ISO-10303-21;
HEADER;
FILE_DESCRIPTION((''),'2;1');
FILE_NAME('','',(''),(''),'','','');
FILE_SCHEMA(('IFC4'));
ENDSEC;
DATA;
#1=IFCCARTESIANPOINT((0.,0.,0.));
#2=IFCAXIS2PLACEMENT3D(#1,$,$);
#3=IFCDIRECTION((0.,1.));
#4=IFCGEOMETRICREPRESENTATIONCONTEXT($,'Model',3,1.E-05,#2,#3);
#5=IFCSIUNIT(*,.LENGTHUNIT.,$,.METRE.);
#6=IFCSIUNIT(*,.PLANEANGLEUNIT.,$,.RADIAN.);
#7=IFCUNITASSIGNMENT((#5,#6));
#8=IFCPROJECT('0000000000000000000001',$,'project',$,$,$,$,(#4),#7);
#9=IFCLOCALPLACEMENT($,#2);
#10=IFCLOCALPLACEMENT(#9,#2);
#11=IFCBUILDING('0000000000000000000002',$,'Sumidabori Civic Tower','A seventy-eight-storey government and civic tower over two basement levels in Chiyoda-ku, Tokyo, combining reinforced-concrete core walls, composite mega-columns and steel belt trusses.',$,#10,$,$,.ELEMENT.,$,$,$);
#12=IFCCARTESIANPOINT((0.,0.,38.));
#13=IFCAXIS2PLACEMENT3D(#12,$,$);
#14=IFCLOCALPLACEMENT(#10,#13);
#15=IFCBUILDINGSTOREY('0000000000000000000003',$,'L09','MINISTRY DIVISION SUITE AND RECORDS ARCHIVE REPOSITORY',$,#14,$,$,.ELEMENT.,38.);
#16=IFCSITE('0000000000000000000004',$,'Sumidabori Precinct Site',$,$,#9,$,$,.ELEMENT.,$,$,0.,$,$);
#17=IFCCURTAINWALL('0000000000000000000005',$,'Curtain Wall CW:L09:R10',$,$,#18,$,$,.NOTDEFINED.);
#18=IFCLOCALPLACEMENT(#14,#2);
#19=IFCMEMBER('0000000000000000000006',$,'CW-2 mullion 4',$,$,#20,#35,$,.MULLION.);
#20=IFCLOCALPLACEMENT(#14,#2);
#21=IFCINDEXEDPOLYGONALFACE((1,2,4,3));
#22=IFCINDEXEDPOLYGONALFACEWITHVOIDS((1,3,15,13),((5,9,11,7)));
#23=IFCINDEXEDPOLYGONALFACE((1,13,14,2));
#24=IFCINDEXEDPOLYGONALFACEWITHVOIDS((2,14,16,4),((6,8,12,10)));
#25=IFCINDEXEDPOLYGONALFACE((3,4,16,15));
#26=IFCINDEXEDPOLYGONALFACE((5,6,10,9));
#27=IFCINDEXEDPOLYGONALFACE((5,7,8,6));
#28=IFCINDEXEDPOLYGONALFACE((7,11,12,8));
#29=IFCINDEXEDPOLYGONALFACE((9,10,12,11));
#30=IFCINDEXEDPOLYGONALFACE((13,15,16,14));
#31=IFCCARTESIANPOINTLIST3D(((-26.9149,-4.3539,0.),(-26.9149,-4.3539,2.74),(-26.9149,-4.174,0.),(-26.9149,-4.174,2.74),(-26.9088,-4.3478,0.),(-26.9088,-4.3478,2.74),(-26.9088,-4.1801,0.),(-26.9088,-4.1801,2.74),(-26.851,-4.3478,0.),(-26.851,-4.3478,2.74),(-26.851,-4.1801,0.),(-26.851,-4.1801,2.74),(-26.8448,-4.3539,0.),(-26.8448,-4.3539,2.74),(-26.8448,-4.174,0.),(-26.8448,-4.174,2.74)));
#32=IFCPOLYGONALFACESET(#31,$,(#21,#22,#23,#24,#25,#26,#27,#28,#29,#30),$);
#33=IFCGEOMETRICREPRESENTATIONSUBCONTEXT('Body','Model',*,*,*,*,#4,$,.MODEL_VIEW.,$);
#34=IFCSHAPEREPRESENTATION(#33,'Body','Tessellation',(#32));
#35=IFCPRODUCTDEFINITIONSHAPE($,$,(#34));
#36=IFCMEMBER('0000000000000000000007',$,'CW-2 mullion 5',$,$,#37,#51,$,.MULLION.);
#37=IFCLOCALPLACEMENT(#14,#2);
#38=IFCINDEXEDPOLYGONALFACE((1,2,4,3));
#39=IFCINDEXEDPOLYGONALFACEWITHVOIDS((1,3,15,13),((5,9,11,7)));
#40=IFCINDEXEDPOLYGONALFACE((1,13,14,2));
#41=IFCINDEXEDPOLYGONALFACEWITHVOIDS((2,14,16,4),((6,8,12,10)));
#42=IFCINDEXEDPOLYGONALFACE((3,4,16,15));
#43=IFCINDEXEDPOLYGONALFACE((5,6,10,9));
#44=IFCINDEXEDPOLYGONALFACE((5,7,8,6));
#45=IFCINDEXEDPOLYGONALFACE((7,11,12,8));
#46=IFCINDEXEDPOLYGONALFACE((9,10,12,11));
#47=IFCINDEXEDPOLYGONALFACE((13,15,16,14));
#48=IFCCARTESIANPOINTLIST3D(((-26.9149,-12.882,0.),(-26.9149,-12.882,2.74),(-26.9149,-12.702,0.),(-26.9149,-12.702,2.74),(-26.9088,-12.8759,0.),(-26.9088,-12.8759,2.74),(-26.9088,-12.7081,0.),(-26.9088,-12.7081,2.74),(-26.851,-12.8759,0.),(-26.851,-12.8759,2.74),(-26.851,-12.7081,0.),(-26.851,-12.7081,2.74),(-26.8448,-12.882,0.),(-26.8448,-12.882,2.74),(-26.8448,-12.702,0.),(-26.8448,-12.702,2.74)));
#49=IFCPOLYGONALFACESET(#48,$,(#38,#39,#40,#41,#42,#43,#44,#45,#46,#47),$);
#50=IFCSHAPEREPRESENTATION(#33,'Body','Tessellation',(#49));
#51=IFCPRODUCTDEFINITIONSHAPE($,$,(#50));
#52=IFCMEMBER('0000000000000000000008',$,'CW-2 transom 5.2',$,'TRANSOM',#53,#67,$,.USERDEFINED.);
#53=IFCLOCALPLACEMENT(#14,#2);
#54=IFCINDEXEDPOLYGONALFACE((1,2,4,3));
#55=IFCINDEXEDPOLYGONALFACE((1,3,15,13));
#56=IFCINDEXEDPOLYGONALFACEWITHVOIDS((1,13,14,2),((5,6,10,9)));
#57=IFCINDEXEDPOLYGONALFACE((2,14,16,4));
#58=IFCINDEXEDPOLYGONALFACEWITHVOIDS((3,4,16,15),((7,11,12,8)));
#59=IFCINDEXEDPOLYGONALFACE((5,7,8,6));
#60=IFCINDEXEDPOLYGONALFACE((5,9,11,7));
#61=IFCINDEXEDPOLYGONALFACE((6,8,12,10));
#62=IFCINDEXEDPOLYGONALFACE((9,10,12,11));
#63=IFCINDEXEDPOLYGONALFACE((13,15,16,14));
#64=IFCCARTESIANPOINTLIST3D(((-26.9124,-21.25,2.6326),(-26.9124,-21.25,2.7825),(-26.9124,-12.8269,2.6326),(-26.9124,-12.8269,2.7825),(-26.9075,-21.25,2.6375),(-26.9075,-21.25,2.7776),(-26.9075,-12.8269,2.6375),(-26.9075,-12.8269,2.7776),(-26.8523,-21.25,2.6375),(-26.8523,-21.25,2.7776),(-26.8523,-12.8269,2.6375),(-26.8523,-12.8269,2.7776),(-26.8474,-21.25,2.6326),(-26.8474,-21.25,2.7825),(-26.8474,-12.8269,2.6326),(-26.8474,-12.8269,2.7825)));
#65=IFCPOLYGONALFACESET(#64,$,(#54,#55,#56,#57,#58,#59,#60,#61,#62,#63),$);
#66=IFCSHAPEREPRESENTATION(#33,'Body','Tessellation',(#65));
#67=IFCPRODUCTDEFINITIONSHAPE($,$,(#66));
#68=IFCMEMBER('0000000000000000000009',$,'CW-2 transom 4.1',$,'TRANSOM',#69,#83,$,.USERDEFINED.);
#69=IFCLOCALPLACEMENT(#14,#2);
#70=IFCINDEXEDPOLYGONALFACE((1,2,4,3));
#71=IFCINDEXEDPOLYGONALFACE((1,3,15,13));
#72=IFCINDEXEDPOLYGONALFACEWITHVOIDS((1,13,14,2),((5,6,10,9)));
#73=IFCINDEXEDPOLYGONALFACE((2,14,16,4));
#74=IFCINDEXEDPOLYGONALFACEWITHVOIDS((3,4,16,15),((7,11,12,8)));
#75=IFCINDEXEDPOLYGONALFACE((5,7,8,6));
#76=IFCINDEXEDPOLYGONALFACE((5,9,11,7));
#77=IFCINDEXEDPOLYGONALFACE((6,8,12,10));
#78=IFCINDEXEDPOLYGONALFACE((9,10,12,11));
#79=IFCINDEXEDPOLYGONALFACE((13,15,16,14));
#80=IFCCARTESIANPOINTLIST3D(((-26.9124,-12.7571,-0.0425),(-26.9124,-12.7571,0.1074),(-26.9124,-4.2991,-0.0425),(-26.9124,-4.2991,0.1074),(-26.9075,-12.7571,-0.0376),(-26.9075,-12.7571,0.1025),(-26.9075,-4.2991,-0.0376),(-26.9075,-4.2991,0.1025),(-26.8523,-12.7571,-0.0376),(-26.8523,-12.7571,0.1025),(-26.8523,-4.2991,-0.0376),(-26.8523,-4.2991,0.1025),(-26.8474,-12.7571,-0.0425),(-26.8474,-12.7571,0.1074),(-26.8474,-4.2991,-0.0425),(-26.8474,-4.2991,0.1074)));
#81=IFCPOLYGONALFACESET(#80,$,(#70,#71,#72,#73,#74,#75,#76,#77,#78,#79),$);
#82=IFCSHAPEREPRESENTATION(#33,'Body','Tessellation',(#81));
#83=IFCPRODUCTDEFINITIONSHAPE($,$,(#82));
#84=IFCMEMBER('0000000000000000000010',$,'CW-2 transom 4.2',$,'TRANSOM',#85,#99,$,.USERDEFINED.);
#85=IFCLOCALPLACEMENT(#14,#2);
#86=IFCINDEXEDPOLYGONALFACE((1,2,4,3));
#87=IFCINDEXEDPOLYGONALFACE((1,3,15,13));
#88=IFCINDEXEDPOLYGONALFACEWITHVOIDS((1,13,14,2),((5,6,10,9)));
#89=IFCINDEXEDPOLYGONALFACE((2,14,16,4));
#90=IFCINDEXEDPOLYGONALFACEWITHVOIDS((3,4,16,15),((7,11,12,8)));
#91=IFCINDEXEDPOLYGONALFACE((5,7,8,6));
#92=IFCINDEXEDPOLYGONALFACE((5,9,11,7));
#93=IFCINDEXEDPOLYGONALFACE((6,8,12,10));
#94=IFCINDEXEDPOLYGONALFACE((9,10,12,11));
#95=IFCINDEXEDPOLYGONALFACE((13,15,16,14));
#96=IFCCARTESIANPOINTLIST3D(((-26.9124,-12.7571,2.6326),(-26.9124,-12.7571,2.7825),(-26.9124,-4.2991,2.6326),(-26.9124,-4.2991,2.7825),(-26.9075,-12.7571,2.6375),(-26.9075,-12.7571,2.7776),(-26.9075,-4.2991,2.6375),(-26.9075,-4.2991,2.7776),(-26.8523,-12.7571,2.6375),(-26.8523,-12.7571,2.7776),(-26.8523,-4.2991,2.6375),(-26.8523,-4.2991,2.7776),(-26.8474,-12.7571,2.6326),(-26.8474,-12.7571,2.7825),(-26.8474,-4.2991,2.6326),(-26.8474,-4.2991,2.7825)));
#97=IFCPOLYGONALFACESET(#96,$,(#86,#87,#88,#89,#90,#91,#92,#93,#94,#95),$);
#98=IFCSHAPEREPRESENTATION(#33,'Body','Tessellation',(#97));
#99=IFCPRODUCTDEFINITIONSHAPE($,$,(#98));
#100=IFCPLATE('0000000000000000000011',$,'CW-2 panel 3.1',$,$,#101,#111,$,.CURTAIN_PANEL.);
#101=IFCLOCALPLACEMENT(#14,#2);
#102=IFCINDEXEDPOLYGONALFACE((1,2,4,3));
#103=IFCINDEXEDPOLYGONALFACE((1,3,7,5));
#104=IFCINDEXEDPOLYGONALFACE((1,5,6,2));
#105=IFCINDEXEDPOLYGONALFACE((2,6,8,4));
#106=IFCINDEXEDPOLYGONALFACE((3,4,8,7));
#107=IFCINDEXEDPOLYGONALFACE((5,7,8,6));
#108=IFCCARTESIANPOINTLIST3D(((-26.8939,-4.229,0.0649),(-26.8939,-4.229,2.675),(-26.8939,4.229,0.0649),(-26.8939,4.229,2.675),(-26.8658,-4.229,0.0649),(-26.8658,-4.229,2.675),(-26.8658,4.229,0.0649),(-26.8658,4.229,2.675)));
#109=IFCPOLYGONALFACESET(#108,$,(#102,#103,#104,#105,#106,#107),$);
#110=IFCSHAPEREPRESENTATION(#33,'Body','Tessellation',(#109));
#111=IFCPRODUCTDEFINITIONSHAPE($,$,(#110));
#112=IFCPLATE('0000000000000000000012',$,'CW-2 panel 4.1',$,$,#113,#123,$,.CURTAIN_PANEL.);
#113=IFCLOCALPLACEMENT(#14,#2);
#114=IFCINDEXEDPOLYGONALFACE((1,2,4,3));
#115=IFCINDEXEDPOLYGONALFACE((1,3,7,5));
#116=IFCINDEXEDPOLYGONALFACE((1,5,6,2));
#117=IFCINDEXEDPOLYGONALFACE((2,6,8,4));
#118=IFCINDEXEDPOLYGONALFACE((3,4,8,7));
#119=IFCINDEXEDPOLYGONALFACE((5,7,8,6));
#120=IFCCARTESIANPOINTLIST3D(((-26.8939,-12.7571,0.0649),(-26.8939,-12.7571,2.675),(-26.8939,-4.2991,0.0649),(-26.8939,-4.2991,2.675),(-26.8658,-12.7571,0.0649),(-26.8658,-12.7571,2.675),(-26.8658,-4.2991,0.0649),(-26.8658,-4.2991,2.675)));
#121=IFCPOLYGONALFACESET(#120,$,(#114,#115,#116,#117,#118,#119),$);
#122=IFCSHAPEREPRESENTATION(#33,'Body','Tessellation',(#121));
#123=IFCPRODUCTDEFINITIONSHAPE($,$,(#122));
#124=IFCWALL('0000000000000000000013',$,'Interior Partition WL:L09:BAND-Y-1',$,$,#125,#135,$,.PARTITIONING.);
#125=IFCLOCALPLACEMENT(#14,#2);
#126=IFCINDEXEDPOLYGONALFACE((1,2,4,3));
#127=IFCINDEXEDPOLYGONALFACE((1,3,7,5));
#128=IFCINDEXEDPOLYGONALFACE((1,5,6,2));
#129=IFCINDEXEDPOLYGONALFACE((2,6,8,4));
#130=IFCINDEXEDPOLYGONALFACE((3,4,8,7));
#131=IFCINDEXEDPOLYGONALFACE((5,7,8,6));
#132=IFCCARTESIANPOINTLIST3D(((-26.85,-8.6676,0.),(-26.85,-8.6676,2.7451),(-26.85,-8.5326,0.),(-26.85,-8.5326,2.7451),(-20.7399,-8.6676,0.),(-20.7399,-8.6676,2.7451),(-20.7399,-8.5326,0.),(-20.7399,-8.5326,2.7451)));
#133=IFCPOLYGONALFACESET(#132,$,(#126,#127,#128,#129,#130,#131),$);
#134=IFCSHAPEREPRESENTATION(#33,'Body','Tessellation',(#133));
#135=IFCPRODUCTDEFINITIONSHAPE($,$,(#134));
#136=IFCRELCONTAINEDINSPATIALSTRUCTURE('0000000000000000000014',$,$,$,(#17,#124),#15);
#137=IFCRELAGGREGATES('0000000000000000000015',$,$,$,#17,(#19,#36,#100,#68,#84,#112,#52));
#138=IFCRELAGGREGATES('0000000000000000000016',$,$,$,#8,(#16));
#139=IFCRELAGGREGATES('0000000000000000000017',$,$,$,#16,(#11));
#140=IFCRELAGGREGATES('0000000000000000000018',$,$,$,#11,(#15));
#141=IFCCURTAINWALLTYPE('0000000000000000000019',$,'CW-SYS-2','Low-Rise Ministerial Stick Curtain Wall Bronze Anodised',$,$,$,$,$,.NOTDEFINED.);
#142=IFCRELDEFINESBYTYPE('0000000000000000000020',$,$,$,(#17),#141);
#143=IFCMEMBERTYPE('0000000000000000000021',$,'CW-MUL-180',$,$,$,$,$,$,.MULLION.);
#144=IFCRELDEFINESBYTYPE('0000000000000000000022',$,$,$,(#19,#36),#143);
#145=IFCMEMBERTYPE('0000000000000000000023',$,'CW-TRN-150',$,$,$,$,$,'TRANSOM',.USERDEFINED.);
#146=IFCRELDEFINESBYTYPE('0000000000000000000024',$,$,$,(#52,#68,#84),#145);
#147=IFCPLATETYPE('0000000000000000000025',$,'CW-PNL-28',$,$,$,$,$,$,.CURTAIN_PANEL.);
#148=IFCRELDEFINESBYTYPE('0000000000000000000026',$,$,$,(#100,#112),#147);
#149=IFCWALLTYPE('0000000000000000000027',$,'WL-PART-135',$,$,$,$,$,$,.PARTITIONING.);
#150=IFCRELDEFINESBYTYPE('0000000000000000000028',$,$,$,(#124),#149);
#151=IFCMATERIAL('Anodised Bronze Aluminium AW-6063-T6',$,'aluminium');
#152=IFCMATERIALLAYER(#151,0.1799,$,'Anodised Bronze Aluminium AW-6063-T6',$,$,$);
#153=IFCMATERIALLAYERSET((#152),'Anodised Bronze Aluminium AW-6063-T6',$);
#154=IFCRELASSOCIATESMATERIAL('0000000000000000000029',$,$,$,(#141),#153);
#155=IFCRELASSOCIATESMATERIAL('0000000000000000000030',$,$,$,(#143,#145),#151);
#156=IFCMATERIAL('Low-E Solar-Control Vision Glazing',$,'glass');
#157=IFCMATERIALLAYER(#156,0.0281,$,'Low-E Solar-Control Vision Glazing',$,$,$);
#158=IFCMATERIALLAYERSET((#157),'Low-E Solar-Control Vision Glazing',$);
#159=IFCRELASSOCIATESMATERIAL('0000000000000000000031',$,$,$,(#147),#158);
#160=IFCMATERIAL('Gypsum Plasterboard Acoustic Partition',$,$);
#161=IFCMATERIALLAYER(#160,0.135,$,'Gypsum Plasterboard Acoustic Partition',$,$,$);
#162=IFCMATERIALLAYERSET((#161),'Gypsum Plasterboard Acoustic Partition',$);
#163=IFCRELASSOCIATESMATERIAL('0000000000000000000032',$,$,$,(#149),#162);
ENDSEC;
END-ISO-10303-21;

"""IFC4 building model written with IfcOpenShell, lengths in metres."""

from ifc_helpers import new_model, si_unit, direction, frame, frame_2d, origin, origin_2d, place, context, subcontext, project, spatial, rectangle, hollow_rectangle, extrude, source, transform, mapped, material, layer, layer_set, material_profile, profile_set, type_object, element, aggregate, save


model = new_model("IFC4")

# Units and contexts
model_context = context("Model", 3, precision=1e-05, world=origin(), true_north=direction((0.0, 1.0)))
body_context = subcontext(model_context, "Body", "Model", "MODEL_VIEW")
ifc_project = project(units=[si_unit("LENGTHUNIT", "METRE"), si_unit("PLANEANGLEUNIT", "RADIAN")], contexts=[model_context])

# Site, building, storey
site_placement = place(None, origin())
site = spatial("IfcSite", under=ifc_project, at=site_placement, Name="Sumidabori Precinct Site", CompositionType="ELEMENT", RefElevation=0.0)
building_placement = place(site_placement, origin())
building = spatial("IfcBuilding", under=site, at=building_placement, Name="Sumidabori Civic Tower", Description="A seventy-eight-storey government and civic tower over two basement levels in Chiyoda-ku, Tokyo, combining reinforced-concrete core walls, composite mega-columns and steel belt trusses.", CompositionType="ELEMENT")
storey_placement = place(building_placement, frame((0.0, 0.0, 38.0)))
storey = spatial("IfcBuildingStorey", under=building, at=storey_placement, Name="L09", Description="MINISTRY DIVISION SUITE AND RECORDS ARCHIVE REPOSITORY", CompositionType="ELEMENT", Elevation=38.0)

# Curtain wall, members, plates
ifc_material_1 = material(Name="Anodised Bronze Aluminium AW-6063-T6", Category="aluminium")
ifc_layer_1 = layer(ifc_material_1, 0.1799, Name="Anodised Bronze Aluminium AW-6063-T6")
ifc_layer_set_1 = layer_set([ifc_layer_1], Name="Anodised Bronze Aluminium AW-6063-T6")
curtain_wall_type = type_object("IfcCurtainWallType", Name="CW-SYS-2", Description="Low-Rise Ministerial Stick Curtain Wall Bronze Anodised", PredefinedType="NOTDEFINED", material=ifc_layer_set_1)
curtain_wall_placement = place(storey_placement, origin())
curtain_wall = element("IfcCurtainWall", 1, at=curtain_wall_placement, inside=storey, type_object=curtain_wall_type, Name="Curtain Wall CW:L09:R10", PredefinedType="NOTDEFINED")
ifc_material_profile_1 = material_profile(ifc_material_1, hollow_rectangle(XDim=0.0701, YDim=0.1799, WallThickness=0.0061, at=origin_2d()), Name="ALU MULLION 180x70")
ifc_profile_set_1 = profile_set([ifc_material_profile_1], Name="Anodised Bronze Aluminium AW-6063-T6")
member_type_1 = type_object("IfcMemberType", Name="CW-MUL-180", PredefinedType="MULLION", material=ifc_profile_set_1)
shared_shape_1 = source(origin(), body_context, "Body", "SweptSolid", [
    extrude(hollow_rectangle(XDim=0.0701, YDim=0.1799, WallThickness=0.0061, at=origin_2d()), origin(), (0.0, 0.0, 1.0), 2.74),
])
member_1_placement = place(storey_placement, frame((-26.8799, -4.2639, 0.0), z_axis=(0.0, 0.0, 1.0), x_axis=(1.0, 0.0, 0.0)))
member_1 = element("IfcMember", 2, at=member_1_placement, type_object=member_type_1, Name="CW-2 mullion 4", PredefinedType="MULLION", context=body_context, shape_type="MappedRepresentation", body=[
    mapped(shared_shape_1, transform((0.0, 0.0, 0.0), x_axis=(1.0, 0.0, 0.0), y_axis=(0.0, 1.0, 0.0), z_axis=(0.0, 0.0, 1.0), scale=1.0)),
])
member_2_placement = place(storey_placement, frame((-26.8799, -12.792, 0.0), z_axis=(0.0, 0.0, 1.0), x_axis=(1.0, 0.0, 0.0)))
member_2 = element("IfcMember", 3, at=member_2_placement, type_object=member_type_1, Name="CW-2 mullion 5", PredefinedType="MULLION", context=body_context, shape_type="MappedRepresentation", body=[
    mapped(shared_shape_1, transform((0.0, 0.0, 0.0), x_axis=(1.0, 0.0, 0.0), y_axis=(0.0, 1.0, 0.0), z_axis=(0.0, 0.0, 1.0), scale=1.0)),
])
ifc_material_profile_2 = material_profile(ifc_material_1, hollow_rectangle(XDim=0.0649, YDim=0.1499, WallThickness=0.0049, at=origin_2d()), Name="ALU TRANSOM 150x65")
ifc_profile_set_2 = profile_set([ifc_material_profile_2], Name="Anodised Bronze Aluminium AW-6063-T6")
member_type_2 = type_object("IfcMemberType", Name="CW-TRN-150", ElementType="TRANSOM", PredefinedType="USERDEFINED", material=ifc_profile_set_2)
shared_shape_2 = source(origin(), body_context, "Body", "SweptSolid", [
    extrude(hollow_rectangle(XDim=0.0649, YDim=0.1499, WallThickness=0.0049, at=origin_2d()), origin(), (0.0, 0.0, 1.0), 8.4231),
])
member_3_placement = place(storey_placement, frame((-26.8799, -12.8269, 2.7075), z_axis=(0.0, -1.0, 0.0), x_axis=(1.0, 0.0, 0.0)))
member_3 = element("IfcMember", 4, at=member_3_placement, type_object=member_type_2, Name="CW-2 transom 5.2", ObjectType="TRANSOM", PredefinedType="USERDEFINED", context=body_context, shape_type="MappedRepresentation", body=[
    mapped(shared_shape_2, transform((0.0, 0.0, 0.0), x_axis=(1.0, 0.0, 0.0), y_axis=(0.0, 1.0, 0.0), z_axis=(0.0, 0.0, 1.0), scale=1.0)),
])
shared_shape_3 = source(origin(), body_context, "Body", "SweptSolid", [
    extrude(hollow_rectangle(XDim=0.0649, YDim=0.1499, WallThickness=0.0049, at=origin_2d()), origin(), (0.0, 0.0, 1.0), 8.458),
])
member_4_placement = place(storey_placement, frame((-26.8799, -4.2991, 0.0325), z_axis=(0.0, -1.0, 0.0), x_axis=(1.0, 0.0, 0.0)))
member_4 = element("IfcMember", 5, at=member_4_placement, type_object=member_type_2, Name="CW-2 transom 4.1", ObjectType="TRANSOM", PredefinedType="USERDEFINED", context=body_context, shape_type="MappedRepresentation", body=[
    mapped(shared_shape_3, transform((0.0, 0.0, 0.0), x_axis=(1.0, 0.0, 0.0), y_axis=(0.0, 1.0, 0.0), z_axis=(0.0, 0.0, 1.0), scale=1.0)),
])
member_5_placement = place(storey_placement, frame((-26.8799, -4.2991, 2.7075), z_axis=(0.0, -1.0, 0.0), x_axis=(1.0, 0.0, 0.0)))
member_5 = element("IfcMember", 6, at=member_5_placement, type_object=member_type_2, Name="CW-2 transom 4.2", ObjectType="TRANSOM", PredefinedType="USERDEFINED", context=body_context, shape_type="MappedRepresentation", body=[
    mapped(shared_shape_3, transform((0.0, 0.0, 0.0), x_axis=(1.0, 0.0, 0.0), y_axis=(0.0, 1.0, 0.0), z_axis=(0.0, 0.0, 1.0), scale=1.0)),
])
ifc_material_2 = material(Name="Low-E Solar-Control Vision Glazing", Category="glass")
ifc_layer_2 = layer(ifc_material_2, 0.0281, Name="Low-E Solar-Control Vision Glazing")
ifc_layer_set_2 = layer_set([ifc_layer_2], Name="Low-E Solar-Control Vision Glazing")
plate_type = type_object("IfcPlateType", Name="CW-PNL-28", PredefinedType="CURTAIN_PANEL", material=ifc_layer_set_2)
shared_shape_4 = source(origin(), body_context, "Body", "SweptSolid", [
    extrude(rectangle(XDim=8.458, YDim=0.0281, at=origin_2d()), origin(), (0.0, 0.0, 1.0), 2.6101),
])
plate_1_placement = place(storey_placement, frame((-26.8799, 0.0, 0.0649), z_axis=(0.0, 0.0, 1.0), x_axis=(0.0, -1.0, 0.0)))
plate_1 = element("IfcPlate", 7, at=plate_1_placement, type_object=plate_type, Name="CW-2 panel 3.1", PredefinedType="CURTAIN_PANEL", context=body_context, shape_type="MappedRepresentation", body=[
    mapped(shared_shape_4, transform((0.0, 0.0, 0.0), x_axis=(1.0, 0.0, 0.0), y_axis=(0.0, 1.0, 0.0), z_axis=(0.0, 0.0, 1.0), scale=1.0)),
])
plate_2_placement = place(storey_placement, frame((-26.8799, -8.5281, 0.0649), z_axis=(0.0, 0.0, 1.0), x_axis=(0.0, -1.0, 0.0)))
plate_2 = element("IfcPlate", 8, at=plate_2_placement, type_object=plate_type, Name="CW-2 panel 4.1", PredefinedType="CURTAIN_PANEL", context=body_context, shape_type="MappedRepresentation", body=[
    mapped(shared_shape_4, transform((0.0, 0.0, 0.0), x_axis=(1.0, 0.0, 0.0), y_axis=(0.0, 1.0, 0.0), z_axis=(0.0, 0.0, 1.0), scale=1.0)),
])
aggregate(curtain_wall, [member_1, member_2, plate_1, member_4, member_5, plate_2, member_3])

# Wall
ifc_material_3 = material(Name="Gypsum Plasterboard Acoustic Partition")
ifc_layer_3 = layer(ifc_material_3, 0.135, Name="Gypsum Plasterboard Acoustic Partition")
ifc_layer_set_3 = layer_set([ifc_layer_3], Name="Gypsum Plasterboard Acoustic Partition")
wall_type = type_object("IfcWallType", Name="WL-PART-135", PredefinedType="PARTITIONING", material=ifc_layer_set_3)
shared_shape_5 = source(origin(), body_context, "Body", "SweptSolid", [
    extrude(rectangle(XDim=6.1101, YDim=0.135, at=frame_2d((3.0552, 0.0))), origin(), (0.0, 0.0, 1.0), 2.7451),
])
wall_1_placement = place(storey_placement, frame((-26.8501, -8.6001, 0.0), z_axis=(0.0, 0.0, 1.0), x_axis=(1.0, 0.0, 0.0)))
element("IfcWall", 9, at=wall_1_placement, inside=storey, type_object=wall_type, Name="Interior Partition WL:L09:BAND-Y-1", PredefinedType="PARTITIONING", context=body_context, shape_type="MappedRepresentation", body=[
    mapped(shared_shape_5, transform((0.0, 0.0, 0.0), x_axis=(1.0, 0.0, 0.0), y_axis=(0.0, 1.0, 0.0), z_axis=(0.0, 0.0, 1.0), scale=1.0)),
])

save(model, "model.ifc")
